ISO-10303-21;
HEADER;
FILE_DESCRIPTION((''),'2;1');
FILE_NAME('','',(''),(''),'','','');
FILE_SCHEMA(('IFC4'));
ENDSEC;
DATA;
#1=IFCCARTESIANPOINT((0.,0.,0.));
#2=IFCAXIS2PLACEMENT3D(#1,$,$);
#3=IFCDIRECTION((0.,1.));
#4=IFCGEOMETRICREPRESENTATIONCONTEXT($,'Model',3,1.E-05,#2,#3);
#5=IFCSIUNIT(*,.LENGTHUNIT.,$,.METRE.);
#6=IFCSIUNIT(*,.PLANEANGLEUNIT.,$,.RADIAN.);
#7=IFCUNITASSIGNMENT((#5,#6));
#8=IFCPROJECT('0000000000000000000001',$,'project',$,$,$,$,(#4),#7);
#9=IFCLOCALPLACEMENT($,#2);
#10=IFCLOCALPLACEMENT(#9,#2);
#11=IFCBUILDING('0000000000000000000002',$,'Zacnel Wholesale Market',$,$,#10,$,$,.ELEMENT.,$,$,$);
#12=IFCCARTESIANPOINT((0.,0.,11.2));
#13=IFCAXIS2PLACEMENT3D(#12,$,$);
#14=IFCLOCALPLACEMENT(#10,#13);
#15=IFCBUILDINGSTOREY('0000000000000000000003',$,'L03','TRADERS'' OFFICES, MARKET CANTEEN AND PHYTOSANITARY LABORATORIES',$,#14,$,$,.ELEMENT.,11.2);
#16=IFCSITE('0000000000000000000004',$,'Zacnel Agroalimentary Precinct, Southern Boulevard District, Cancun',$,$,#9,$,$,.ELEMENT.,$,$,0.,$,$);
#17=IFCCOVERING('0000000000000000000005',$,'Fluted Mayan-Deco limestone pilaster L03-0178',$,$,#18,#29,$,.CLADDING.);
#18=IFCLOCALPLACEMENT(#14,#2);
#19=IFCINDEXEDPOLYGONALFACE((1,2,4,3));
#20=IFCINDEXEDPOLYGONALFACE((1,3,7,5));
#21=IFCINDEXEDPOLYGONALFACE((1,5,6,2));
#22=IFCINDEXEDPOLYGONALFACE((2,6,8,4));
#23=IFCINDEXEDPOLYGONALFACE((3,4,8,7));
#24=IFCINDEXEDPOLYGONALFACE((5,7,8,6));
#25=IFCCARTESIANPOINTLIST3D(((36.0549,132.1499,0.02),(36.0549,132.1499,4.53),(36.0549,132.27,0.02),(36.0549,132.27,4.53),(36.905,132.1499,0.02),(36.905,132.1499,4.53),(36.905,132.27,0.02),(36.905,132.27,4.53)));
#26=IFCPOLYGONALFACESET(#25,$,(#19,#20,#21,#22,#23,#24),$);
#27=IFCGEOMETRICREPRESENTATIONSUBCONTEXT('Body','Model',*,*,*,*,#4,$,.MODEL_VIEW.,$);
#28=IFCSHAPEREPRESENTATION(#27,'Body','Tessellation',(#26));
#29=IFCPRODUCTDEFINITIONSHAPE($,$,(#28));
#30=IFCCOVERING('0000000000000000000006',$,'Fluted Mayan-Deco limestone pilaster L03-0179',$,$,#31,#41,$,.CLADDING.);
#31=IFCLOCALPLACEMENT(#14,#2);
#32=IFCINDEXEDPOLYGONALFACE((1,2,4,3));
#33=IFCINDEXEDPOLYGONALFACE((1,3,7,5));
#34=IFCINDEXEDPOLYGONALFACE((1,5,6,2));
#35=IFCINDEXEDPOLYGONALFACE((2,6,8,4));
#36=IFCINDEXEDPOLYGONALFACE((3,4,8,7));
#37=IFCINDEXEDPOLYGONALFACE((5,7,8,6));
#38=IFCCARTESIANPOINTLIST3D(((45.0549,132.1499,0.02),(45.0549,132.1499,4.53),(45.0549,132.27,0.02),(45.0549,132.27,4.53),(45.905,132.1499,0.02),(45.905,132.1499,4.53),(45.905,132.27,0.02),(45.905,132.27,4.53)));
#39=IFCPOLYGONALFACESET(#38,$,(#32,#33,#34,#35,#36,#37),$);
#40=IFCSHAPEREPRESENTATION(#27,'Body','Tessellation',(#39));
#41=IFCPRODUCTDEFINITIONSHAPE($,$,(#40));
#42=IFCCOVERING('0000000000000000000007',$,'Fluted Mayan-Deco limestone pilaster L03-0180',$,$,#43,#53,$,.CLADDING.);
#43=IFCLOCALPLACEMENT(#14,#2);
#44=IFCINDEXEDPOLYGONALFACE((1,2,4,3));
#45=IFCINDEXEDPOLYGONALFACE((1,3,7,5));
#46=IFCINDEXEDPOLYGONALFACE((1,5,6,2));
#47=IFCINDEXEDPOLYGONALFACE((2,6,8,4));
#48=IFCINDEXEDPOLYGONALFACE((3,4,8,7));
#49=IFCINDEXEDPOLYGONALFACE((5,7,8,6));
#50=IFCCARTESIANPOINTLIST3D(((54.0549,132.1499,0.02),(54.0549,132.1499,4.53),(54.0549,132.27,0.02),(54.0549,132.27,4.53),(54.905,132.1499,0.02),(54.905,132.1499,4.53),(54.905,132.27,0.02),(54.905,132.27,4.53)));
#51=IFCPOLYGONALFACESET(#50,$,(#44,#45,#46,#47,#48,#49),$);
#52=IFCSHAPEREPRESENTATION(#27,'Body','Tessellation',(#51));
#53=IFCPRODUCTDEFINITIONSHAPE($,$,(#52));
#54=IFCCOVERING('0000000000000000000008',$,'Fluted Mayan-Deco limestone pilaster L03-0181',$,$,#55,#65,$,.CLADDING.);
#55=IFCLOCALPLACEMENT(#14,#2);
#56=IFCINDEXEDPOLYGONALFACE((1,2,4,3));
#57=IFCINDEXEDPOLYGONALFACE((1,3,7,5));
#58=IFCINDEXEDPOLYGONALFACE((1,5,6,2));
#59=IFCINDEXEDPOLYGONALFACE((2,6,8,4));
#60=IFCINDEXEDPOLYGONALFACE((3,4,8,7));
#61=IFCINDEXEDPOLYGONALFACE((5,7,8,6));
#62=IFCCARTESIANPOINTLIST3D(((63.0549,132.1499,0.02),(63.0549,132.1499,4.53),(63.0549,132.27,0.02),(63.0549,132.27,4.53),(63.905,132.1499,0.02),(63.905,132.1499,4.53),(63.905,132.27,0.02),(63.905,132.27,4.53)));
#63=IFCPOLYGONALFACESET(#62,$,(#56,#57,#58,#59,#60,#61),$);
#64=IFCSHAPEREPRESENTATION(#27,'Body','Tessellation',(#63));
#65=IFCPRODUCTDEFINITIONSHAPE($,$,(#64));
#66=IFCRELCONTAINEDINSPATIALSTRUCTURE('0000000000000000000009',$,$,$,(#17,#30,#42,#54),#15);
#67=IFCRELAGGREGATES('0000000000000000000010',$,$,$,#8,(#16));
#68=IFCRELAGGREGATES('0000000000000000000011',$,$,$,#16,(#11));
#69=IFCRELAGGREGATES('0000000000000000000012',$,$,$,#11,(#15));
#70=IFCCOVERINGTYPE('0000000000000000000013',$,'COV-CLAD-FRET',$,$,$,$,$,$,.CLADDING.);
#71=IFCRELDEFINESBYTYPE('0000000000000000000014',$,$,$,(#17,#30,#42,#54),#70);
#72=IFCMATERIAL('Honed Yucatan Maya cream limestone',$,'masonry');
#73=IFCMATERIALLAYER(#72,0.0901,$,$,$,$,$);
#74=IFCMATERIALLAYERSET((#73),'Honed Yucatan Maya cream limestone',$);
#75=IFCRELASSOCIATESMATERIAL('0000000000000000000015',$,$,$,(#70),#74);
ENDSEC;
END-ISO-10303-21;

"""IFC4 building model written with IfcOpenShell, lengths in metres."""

from ifc_helpers import new_model, si_unit, direction, frame, origin, origin_2d, place, context, subcontext, project, spatial, rectangle, extrude, material, layer, layer_set, type_object, element, save


model = new_model("IFC4")

# Units and contexts
model_context = context("Model", 3, precision=1e-05, world=origin(), true_north=direction((0.0, 1.0)))
body_context = subcontext(model_context, "Body", "Model", "MODEL_VIEW")
ifc_project = project(units=[si_unit("LENGTHUNIT", "METRE"), si_unit("PLANEANGLEUNIT", "RADIAN")], contexts=[model_context])

# Site, building, storey
site_placement = place(None, origin())
site = spatial("IfcSite", under=ifc_project, at=site_placement, Name="Zacnel Agroalimentary Precinct, Southern Boulevard District, Cancun", CompositionType="ELEMENT", RefElevation=0.0)
building_placement = place(site_placement, origin())
building = spatial("IfcBuilding", under=site, at=building_placement, Name="Zacnel Wholesale Market", CompositionType="ELEMENT")
storey_placement = place(building_placement, frame((0.0, 0.0, 11.2)))
storey = spatial("IfcBuildingStorey", under=building, at=storey_placement, Name="L03", Description="TRADERS' OFFICES, MARKET CANTEEN AND PHYTOSANITARY LABORATORIES", CompositionType="ELEMENT", Elevation=11.2)

# Coverings
ifc_material_1 = material(Name="Honed Yucatan Maya cream limestone", Category="masonry")
ifc_layer_1 = layer(ifc_material_1, 0.0901)
ifc_layer_set_1 = layer_set([ifc_layer_1], Name="Honed Yucatan Maya cream limestone")
covering_type = type_object("IfcCoveringType", Name="COV-CLAD-FRET", PredefinedType="CLADDING", material=ifc_layer_set_1)
for number, where, z_axis, x_axis, name in (
    (1, (36.48, 132.21, 0.02), (0.0, 0.0, 1.0), (1.0, 0.0, 0.0), "Fluted Mayan-Deco limestone pilaster L03-0178"),
    (2, (45.48, 132.21, 0.02), (0.0, 0.0, 1.0), (1.0, 0.0, 0.0), "Fluted Mayan-Deco limestone pilaster L03-0179"),
    (3, (54.48, 132.21, 0.02), (0.0, 0.0, 1.0), (1.0, 0.0, 0.0), "Fluted Mayan-Deco limestone pilaster L03-0180"),
    (4, (63.48, 132.21, 0.02), (0.0, 0.0, 1.0), (1.0, 0.0, 0.0), "Fluted Mayan-Deco limestone pilaster L03-0181"),
):
    element("IfcCovering", number, at=place(storey_placement, frame(where, z_axis=z_axis, x_axis=x_axis)), inside=storey, type_object=covering_type, Name=name, PredefinedType="CLADDING", context=body_context, shape_type="SweptSolid", body=[
        extrude(rectangle(XDim=0.8501, YDim=0.1201, at=origin_2d()), origin(), (0.0, 0.0, 1.0), 4.51),
    ])

save(model, "model.ifc")
